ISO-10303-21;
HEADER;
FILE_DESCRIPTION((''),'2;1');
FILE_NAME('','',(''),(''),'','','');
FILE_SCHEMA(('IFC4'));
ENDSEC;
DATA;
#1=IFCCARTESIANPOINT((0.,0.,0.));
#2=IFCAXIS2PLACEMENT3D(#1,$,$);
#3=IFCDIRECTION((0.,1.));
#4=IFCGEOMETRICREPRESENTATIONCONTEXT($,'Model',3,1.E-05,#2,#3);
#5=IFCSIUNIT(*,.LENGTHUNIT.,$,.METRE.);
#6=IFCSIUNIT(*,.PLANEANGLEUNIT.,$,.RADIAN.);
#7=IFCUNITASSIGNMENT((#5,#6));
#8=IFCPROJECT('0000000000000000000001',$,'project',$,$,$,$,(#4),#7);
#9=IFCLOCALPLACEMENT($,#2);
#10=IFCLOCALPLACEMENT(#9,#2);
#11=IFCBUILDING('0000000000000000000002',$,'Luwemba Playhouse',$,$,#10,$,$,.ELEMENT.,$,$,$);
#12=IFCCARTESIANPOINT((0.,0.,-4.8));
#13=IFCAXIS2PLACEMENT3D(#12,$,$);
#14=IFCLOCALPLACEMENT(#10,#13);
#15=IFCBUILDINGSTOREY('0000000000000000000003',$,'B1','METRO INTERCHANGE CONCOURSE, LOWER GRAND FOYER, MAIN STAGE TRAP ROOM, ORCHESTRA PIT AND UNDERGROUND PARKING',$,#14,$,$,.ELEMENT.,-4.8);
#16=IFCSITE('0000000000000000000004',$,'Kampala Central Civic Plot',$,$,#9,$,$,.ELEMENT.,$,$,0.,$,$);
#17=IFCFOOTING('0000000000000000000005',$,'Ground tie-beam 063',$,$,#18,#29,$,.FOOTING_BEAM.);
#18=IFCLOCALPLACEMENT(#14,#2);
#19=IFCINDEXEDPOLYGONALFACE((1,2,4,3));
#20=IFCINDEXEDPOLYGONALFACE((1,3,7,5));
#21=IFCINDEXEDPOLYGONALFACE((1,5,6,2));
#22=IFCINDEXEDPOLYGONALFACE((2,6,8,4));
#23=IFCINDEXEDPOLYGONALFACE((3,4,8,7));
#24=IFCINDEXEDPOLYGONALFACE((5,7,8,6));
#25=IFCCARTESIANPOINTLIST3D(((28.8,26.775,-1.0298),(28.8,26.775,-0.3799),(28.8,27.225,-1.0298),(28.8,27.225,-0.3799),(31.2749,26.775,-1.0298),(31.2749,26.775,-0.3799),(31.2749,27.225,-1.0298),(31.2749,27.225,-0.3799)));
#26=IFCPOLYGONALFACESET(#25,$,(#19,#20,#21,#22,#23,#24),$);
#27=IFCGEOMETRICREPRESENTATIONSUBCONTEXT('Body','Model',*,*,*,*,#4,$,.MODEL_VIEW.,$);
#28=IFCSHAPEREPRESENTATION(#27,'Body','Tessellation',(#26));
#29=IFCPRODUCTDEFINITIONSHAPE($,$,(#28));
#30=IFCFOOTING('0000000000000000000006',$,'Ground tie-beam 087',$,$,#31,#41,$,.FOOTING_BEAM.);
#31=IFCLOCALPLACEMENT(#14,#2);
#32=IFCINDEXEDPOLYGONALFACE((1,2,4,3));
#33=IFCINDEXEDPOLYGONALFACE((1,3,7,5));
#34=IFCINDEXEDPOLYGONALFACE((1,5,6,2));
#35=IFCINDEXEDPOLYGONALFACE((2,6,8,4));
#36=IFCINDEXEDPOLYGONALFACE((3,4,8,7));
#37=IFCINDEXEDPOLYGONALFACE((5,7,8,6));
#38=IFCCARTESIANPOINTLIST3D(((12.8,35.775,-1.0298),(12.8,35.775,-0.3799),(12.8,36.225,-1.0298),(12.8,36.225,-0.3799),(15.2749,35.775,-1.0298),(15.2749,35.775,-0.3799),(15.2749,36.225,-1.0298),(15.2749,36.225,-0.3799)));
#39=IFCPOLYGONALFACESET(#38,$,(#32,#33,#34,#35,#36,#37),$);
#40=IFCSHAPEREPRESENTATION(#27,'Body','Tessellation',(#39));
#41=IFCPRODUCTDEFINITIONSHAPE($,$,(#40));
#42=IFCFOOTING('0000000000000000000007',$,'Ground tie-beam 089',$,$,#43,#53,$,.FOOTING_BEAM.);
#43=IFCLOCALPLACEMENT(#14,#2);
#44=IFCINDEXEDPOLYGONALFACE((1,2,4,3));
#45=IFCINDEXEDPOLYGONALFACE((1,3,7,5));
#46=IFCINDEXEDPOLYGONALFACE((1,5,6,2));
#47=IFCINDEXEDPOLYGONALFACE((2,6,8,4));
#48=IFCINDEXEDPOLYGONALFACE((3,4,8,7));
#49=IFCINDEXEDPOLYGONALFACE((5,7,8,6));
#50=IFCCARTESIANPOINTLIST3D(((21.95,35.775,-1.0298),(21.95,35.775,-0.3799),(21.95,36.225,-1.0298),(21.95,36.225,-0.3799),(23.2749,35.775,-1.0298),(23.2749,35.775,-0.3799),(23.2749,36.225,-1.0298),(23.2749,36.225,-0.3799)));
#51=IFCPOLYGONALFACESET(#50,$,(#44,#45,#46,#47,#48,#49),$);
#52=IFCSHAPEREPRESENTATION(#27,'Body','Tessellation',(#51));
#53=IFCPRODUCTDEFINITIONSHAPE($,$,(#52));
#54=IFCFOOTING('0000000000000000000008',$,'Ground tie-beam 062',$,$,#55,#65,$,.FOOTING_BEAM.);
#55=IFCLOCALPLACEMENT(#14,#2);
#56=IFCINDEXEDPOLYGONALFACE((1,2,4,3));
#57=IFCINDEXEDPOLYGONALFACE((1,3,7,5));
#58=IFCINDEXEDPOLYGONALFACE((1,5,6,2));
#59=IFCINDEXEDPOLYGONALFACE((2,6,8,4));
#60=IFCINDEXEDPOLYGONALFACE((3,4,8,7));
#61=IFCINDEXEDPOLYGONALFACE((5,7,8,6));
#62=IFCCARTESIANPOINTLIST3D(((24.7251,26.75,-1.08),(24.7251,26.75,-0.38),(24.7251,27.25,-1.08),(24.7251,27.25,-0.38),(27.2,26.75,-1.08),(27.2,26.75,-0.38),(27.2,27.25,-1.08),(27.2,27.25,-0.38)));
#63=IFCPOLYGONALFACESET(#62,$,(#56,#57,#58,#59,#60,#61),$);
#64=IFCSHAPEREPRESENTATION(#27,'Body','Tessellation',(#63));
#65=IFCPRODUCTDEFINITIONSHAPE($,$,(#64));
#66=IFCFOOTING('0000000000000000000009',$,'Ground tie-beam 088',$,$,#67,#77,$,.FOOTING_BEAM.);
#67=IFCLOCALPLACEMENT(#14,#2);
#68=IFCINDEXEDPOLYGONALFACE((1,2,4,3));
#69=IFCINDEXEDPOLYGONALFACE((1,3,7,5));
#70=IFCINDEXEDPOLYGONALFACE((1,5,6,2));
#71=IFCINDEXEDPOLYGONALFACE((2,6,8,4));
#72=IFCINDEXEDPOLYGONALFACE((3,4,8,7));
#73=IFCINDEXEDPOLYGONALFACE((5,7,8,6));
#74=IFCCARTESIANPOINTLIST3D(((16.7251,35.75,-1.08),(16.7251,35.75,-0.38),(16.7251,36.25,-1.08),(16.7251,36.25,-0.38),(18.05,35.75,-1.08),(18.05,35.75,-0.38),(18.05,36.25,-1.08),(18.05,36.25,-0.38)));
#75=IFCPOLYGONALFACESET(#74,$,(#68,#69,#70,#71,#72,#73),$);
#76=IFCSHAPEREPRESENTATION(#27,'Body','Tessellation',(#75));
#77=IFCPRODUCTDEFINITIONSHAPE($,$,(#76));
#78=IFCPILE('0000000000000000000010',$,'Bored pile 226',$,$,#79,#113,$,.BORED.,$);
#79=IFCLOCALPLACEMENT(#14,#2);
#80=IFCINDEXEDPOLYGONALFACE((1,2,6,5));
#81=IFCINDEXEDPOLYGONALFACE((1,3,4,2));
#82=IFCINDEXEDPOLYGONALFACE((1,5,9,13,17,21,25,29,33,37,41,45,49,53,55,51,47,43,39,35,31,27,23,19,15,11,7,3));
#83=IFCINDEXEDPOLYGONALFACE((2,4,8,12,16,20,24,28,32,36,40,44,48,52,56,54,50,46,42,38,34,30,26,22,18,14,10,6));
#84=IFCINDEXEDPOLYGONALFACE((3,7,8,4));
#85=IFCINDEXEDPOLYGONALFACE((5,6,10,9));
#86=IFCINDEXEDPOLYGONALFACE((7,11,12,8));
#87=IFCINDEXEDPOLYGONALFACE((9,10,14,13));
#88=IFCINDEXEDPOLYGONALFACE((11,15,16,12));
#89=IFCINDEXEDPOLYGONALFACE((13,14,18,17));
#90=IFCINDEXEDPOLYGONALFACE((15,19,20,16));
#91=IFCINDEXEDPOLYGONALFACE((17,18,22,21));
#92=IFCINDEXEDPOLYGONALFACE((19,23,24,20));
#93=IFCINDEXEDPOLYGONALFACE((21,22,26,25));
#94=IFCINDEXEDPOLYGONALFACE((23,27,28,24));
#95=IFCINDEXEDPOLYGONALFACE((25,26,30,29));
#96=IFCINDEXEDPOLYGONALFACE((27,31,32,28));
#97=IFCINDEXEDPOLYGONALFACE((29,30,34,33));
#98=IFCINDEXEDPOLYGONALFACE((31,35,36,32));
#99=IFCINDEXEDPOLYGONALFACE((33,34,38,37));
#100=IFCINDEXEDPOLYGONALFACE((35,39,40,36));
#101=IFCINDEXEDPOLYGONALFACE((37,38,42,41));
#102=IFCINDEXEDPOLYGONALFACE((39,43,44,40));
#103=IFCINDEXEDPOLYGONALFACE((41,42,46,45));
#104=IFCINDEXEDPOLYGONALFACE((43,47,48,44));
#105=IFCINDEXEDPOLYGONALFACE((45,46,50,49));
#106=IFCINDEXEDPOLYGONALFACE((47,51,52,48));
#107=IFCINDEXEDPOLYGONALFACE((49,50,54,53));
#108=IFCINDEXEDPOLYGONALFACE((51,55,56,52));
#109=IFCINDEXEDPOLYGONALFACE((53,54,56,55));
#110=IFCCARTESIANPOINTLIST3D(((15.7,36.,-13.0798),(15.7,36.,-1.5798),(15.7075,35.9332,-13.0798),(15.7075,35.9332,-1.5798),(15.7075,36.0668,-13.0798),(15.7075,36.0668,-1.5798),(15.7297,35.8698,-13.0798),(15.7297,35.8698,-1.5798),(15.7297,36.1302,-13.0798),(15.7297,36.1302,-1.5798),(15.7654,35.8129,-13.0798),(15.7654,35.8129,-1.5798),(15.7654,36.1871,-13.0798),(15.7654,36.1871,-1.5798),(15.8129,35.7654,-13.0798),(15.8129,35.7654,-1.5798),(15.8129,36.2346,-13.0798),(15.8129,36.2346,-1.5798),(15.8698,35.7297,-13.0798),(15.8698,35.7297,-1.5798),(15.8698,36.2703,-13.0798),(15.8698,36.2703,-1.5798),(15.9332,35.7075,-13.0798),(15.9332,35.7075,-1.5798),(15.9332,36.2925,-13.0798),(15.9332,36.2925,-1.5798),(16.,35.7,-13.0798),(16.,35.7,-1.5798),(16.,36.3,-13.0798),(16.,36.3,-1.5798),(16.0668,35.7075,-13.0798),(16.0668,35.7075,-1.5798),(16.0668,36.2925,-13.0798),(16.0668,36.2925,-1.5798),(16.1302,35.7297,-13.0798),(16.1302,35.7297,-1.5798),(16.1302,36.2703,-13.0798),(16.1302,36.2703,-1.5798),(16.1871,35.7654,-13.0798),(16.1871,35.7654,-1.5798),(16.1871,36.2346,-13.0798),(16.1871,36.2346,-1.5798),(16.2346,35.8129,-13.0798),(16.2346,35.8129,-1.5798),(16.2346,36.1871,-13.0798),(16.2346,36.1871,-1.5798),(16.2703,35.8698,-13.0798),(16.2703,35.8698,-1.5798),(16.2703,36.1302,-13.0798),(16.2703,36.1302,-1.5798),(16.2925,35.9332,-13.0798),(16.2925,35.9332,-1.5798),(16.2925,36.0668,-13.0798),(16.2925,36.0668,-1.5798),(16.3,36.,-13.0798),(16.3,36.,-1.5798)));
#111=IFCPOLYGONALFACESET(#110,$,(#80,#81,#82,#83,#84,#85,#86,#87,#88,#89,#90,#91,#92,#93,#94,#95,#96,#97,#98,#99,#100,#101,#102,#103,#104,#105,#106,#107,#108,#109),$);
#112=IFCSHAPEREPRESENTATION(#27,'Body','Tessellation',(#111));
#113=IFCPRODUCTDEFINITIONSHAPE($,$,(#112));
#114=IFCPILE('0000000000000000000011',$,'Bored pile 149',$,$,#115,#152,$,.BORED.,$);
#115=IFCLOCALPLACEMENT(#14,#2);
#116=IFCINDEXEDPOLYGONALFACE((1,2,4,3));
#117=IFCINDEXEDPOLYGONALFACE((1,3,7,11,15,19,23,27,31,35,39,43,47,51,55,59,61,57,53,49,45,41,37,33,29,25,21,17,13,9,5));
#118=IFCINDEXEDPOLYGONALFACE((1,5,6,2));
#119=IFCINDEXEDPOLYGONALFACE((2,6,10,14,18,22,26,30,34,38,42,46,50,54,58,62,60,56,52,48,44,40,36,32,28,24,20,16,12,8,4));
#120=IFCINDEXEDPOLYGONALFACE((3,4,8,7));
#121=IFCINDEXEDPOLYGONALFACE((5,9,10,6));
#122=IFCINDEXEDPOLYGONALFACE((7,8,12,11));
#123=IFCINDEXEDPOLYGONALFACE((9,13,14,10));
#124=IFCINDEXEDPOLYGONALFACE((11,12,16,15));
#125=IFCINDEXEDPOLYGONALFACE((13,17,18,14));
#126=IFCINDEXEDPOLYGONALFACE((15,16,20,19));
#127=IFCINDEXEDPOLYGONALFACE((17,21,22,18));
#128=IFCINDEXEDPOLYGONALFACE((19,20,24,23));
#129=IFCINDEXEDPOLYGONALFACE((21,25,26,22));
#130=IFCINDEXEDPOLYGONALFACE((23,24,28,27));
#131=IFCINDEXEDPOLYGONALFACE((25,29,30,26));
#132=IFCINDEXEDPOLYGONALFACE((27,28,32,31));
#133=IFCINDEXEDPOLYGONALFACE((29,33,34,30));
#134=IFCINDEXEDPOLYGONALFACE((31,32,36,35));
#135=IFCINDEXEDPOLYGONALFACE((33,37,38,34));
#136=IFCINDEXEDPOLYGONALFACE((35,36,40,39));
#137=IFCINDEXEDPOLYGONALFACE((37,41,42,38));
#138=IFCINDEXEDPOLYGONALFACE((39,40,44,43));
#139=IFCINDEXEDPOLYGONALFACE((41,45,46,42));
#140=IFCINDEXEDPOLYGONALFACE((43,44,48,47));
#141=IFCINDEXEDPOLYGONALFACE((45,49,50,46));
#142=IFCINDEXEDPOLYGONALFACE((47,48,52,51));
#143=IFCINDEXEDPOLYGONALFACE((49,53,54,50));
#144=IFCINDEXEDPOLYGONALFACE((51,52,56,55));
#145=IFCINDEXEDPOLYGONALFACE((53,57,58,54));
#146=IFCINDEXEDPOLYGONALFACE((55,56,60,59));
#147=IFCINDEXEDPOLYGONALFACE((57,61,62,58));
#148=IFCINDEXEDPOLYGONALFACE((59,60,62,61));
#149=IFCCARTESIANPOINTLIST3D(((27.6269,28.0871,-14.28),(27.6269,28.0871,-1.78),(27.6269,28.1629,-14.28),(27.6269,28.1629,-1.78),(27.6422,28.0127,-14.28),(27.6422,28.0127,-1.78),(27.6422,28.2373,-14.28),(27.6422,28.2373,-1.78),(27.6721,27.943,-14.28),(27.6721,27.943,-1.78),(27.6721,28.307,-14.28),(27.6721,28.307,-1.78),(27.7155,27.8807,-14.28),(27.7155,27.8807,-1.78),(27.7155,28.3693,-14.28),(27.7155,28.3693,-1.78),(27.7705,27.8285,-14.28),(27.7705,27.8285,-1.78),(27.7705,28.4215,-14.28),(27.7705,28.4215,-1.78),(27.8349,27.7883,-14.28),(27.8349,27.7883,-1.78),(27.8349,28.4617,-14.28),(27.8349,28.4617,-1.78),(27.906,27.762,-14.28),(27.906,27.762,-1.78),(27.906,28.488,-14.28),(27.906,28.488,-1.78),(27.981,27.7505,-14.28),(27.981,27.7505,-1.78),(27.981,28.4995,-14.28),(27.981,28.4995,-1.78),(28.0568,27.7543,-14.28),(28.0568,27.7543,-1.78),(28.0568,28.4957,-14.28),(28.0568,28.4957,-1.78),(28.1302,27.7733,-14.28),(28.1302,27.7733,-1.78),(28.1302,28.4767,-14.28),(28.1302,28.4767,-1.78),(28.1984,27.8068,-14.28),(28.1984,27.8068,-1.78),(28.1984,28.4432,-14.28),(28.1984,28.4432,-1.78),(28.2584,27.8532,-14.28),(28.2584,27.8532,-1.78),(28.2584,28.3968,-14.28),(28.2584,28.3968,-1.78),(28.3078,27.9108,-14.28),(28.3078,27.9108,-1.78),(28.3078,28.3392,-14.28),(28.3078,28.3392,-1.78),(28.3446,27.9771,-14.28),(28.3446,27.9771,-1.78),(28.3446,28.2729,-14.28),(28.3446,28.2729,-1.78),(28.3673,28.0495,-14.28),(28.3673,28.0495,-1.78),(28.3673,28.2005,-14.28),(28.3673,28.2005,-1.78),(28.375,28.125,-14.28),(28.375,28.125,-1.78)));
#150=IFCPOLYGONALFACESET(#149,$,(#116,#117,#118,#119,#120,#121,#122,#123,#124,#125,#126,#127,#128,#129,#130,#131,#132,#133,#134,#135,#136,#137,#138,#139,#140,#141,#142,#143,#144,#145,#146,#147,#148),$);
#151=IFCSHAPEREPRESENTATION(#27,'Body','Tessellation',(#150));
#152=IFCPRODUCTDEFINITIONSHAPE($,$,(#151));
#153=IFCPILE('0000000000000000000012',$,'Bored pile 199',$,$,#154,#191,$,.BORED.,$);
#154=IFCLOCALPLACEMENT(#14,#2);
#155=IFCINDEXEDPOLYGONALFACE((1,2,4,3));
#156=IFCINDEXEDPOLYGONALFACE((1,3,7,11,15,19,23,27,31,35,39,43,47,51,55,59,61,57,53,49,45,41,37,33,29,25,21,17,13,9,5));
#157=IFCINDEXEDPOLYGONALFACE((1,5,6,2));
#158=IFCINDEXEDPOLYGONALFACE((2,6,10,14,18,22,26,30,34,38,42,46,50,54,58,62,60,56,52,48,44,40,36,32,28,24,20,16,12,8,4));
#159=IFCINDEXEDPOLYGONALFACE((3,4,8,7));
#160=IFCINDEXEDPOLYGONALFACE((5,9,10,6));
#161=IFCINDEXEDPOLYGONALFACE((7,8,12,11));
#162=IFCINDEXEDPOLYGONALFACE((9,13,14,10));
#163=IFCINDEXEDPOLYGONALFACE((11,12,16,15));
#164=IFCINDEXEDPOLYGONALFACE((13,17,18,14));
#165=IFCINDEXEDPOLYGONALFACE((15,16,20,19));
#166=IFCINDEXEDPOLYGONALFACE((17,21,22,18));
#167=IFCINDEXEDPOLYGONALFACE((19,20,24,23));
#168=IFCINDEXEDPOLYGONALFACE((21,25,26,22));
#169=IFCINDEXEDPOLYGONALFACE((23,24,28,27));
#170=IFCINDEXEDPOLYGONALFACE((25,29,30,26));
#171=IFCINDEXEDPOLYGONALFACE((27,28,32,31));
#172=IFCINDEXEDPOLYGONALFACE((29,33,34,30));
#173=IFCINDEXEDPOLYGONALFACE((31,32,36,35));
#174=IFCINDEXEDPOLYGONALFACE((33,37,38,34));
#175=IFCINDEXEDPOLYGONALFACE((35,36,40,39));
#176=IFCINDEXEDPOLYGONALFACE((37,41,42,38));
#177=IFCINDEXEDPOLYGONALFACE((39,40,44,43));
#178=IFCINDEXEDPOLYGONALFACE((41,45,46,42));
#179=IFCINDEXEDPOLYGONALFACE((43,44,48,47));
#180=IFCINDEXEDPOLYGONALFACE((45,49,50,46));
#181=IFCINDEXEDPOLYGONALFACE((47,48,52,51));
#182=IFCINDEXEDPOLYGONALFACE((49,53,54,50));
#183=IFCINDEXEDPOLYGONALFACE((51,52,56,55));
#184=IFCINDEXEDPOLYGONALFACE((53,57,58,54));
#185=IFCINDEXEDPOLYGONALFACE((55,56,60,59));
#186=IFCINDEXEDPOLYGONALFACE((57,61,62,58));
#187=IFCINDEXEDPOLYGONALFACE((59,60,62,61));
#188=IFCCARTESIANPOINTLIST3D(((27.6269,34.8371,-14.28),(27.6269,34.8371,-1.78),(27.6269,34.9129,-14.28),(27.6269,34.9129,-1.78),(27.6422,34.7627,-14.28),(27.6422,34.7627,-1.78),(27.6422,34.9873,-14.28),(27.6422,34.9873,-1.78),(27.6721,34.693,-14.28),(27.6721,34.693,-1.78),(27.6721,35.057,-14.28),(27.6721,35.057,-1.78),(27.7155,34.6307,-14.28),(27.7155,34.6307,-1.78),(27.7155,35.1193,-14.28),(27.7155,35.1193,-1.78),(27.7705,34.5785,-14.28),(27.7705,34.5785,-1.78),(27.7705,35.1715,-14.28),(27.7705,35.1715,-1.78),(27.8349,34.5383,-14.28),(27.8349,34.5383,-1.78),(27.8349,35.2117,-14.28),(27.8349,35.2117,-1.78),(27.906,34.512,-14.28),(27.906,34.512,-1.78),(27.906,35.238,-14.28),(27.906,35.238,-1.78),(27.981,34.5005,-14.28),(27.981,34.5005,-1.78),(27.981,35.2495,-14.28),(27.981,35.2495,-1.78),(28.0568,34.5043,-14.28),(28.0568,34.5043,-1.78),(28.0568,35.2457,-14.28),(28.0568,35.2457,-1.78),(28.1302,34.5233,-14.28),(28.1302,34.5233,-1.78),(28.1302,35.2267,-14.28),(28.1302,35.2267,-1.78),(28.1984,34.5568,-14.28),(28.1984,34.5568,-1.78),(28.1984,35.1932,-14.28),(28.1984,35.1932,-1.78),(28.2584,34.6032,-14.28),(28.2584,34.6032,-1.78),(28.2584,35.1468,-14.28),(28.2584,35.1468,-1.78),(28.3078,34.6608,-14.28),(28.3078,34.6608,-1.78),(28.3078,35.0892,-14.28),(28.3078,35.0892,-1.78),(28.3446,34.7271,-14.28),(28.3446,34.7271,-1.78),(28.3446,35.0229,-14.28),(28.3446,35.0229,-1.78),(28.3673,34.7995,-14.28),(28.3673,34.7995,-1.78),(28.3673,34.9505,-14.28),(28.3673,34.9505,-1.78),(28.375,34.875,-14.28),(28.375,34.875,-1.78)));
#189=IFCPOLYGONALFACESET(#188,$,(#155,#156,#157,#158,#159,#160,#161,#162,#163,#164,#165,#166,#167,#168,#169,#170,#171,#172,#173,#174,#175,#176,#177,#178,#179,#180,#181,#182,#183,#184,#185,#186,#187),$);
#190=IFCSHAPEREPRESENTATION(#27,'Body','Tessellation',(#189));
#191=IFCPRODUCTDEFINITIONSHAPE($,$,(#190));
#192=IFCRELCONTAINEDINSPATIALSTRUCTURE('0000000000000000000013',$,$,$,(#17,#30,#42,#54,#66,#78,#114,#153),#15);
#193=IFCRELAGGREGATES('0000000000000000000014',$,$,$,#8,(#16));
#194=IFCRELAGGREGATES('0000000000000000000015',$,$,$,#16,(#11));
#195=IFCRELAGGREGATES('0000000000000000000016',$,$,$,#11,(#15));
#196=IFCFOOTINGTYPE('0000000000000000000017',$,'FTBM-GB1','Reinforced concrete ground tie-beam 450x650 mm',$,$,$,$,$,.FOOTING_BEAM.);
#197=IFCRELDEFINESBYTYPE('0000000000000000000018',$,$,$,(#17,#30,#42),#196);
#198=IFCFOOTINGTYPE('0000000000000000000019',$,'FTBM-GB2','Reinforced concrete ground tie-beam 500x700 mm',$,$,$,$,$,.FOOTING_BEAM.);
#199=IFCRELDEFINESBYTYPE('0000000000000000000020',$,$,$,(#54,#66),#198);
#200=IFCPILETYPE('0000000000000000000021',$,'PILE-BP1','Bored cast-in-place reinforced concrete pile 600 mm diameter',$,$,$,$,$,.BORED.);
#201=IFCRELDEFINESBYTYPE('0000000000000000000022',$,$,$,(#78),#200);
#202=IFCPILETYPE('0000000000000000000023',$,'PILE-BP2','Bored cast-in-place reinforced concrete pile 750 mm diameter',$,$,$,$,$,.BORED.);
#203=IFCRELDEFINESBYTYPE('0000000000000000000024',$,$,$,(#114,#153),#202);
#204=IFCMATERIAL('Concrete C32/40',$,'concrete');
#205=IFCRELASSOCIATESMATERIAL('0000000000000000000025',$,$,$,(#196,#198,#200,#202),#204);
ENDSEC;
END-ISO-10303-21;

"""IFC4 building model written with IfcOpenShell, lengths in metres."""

from ifc_helpers import new_model, si_unit, direction, frame, origin, origin_2d, place, context, subcontext, project, spatial, rectangle, circle, extrude, material, material_profile, profile_set, type_object, element, save


model = new_model("IFC4")

# Units and contexts
model_context = context("Model", 3, precision=1e-05, world=origin(), true_north=direction((0.0, 1.0)))
body_context = subcontext(model_context, "Body", "Model", "MODEL_VIEW")
ifc_project = project(units=[si_unit("LENGTHUNIT", "METRE"), si_unit("PLANEANGLEUNIT", "RADIAN")], contexts=[model_context])

# Site, building, storey
site_placement = place(None, origin())
site = spatial("IfcSite", under=ifc_project, at=site_placement, Name="Kampala Central Civic Plot", CompositionType="ELEMENT", RefElevation=0.0)
building_placement = place(site_placement, origin())
building = spatial("IfcBuilding", under=site, at=building_placement, Name="Luwemba Playhouse", CompositionType="ELEMENT")
storey_placement = place(building_placement, frame((0.0, 0.0, -4.8)))
storey = spatial("IfcBuildingStorey", under=building, at=storey_placement, Name="B1", Description="METRO INTERCHANGE CONCOURSE, LOWER GRAND FOYER, MAIN STAGE TRAP ROOM, ORCHESTRA PIT AND UNDERGROUND PARKING", CompositionType="ELEMENT", Elevation=-4.8)

# Footings
ifc_material_1 = material(Name="Concrete C32/40", Category="concrete")
ifc_material_profile_1 = material_profile(ifc_material_1, rectangle(XDim=0.45, YDim=0.6499, at=origin_2d()))
ifc_profile_set_1 = profile_set([ifc_material_profile_1], Name="Concrete C32/40")
footing_type_1 = type_object("IfcFootingType", Name="FTBM-GB1", Description="Reinforced concrete ground tie-beam 450x650 mm", PredefinedType="FOOTING_BEAM", material=ifc_profile_set_1)
for number, where, z_axis, x_axis, name in (
    (1, (28.8, 27.0, -0.7048), (1.0, 0.0, 0.0), (0.0, 1.0, 0.0), "Ground tie-beam 063"),
    (2, (12.8, 36.0, -0.7048), (1.0, 0.0, 0.0), (0.0, 1.0, 0.0), "Ground tie-beam 087"),
):
    element("IfcFooting", number, at=place(storey_placement, frame(where, z_axis=z_axis, x_axis=x_axis)), inside=storey, type_object=footing_type_1, Name=name, PredefinedType="FOOTING_BEAM", context=body_context, shape_type="SweptSolid", body=[
        extrude(rectangle(XDim=0.45, YDim=0.6499, at=origin_2d()), origin(), (0.0, 0.0, 1.0), 2.4749),
    ])
footing_1_placement = place(storey_placement, frame((21.95, 36.0, -0.7048), z_axis=(1.0, 0.0, 0.0), x_axis=(0.0, 1.0, 0.0)))
element("IfcFooting", 3, at=footing_1_placement, inside=storey, type_object=footing_type_1, Name="Ground tie-beam 089", PredefinedType="FOOTING_BEAM", context=body_context, shape_type="SweptSolid", body=[
    extrude(rectangle(XDim=0.45, YDim=0.6499, at=origin_2d()), origin(), (0.0, 0.0, 1.0), 1.325),
])
ifc_material_profile_2 = material_profile(ifc_material_1, rectangle(XDim=0.5, YDim=0.7, at=origin_2d()))
ifc_profile_set_2 = profile_set([ifc_material_profile_2], Name="Concrete C32/40")
footing_type_2 = type_object("IfcFootingType", Name="FTBM-GB2", Description="Reinforced concrete ground tie-beam 500x700 mm", PredefinedType="FOOTING_BEAM", material=ifc_profile_set_2)
footing_2_placement = place(storey_placement, frame((24.7251, 27.0, -0.73), z_axis=(1.0, 0.0, 0.0), x_axis=(0.0, 1.0, 0.0)))
element("IfcFooting", 4, at=footing_2_placement, inside=storey, type_object=footing_type_2, Name="Ground tie-beam 062", PredefinedType="FOOTING_BEAM", context=body_context, shape_type="SweptSolid", body=[
    extrude(rectangle(XDim=0.5, YDim=0.7, at=origin_2d()), origin(), (0.0, 0.0, 1.0), 2.4749),
])
footing_3_placement = place(storey_placement, frame((16.7251, 36.0, -0.73), z_axis=(1.0, 0.0, 0.0), x_axis=(0.0, 1.0, 0.0)))
element("IfcFooting", 5, at=footing_3_placement, inside=storey, type_object=footing_type_2, Name="Ground tie-beam 088", PredefinedType="FOOTING_BEAM", context=body_context, shape_type="SweptSolid", body=[
    extrude(rectangle(XDim=0.5, YDim=0.7, at=origin_2d()), origin(), (0.0, 0.0, 1.0), 1.325),
])

# Piles
ifc_material_profile_3 = material_profile(ifc_material_1, circle(Radius=0.3, at=origin_2d()))
ifc_profile_set_3 = profile_set([ifc_material_profile_3], Name="Concrete C32/40")
pile_type_1 = type_object("IfcPileType", Name="PILE-BP1", Description="Bored cast-in-place reinforced concrete pile 600 mm diameter", PredefinedType="BORED", material=ifc_profile_set_3)
pile_placement = place(storey_placement, frame((16.0, 36.0, -1.5798), z_axis=(0.0, 0.0, -1.0), x_axis=(1.0, 0.0, 0.0)))
element("IfcPile", 6, at=pile_placement, inside=storey, type_object=pile_type_1, Name="Bored pile 226", PredefinedType="BORED", context=body_context, shape_type="SweptSolid", body=[
    extrude(circle(Radius=0.3, at=origin_2d()), origin(), (0.0, 0.0, 1.0), 11.5),
])
ifc_material_profile_4 = material_profile(ifc_material_1, circle(Radius=0.375, at=origin_2d()))
ifc_profile_set_4 = profile_set([ifc_material_profile_4], Name="Concrete C32/40")
pile_type_2 = type_object("IfcPileType", Name="PILE-BP2", Description="Bored cast-in-place reinforced concrete pile 750 mm diameter", PredefinedType="BORED", material=ifc_profile_set_4)
for number, where, z_axis, x_axis, name in (
    (7, (28.0, 28.125, -1.78), (0.0, 0.0, -1.0), (1.0, 0.0, 0.0), "Bored pile 149"),
    (8, (28.0, 34.875, -1.78), (0.0, 0.0, -1.0), (1.0, 0.0, 0.0), "Bored pile 199"),
):
    element("IfcPile", number, at=place(storey_placement, frame(where, z_axis=z_axis, x_axis=x_axis)), inside=storey, type_object=pile_type_2, Name=name, PredefinedType="BORED", context=body_context, shape_type="SweptSolid", body=[
        extrude(circle(Radius=0.375, at=origin_2d()), origin(), (0.0, 0.0, 1.0), 12.5),
    ])

save(model, "model.ifc")
